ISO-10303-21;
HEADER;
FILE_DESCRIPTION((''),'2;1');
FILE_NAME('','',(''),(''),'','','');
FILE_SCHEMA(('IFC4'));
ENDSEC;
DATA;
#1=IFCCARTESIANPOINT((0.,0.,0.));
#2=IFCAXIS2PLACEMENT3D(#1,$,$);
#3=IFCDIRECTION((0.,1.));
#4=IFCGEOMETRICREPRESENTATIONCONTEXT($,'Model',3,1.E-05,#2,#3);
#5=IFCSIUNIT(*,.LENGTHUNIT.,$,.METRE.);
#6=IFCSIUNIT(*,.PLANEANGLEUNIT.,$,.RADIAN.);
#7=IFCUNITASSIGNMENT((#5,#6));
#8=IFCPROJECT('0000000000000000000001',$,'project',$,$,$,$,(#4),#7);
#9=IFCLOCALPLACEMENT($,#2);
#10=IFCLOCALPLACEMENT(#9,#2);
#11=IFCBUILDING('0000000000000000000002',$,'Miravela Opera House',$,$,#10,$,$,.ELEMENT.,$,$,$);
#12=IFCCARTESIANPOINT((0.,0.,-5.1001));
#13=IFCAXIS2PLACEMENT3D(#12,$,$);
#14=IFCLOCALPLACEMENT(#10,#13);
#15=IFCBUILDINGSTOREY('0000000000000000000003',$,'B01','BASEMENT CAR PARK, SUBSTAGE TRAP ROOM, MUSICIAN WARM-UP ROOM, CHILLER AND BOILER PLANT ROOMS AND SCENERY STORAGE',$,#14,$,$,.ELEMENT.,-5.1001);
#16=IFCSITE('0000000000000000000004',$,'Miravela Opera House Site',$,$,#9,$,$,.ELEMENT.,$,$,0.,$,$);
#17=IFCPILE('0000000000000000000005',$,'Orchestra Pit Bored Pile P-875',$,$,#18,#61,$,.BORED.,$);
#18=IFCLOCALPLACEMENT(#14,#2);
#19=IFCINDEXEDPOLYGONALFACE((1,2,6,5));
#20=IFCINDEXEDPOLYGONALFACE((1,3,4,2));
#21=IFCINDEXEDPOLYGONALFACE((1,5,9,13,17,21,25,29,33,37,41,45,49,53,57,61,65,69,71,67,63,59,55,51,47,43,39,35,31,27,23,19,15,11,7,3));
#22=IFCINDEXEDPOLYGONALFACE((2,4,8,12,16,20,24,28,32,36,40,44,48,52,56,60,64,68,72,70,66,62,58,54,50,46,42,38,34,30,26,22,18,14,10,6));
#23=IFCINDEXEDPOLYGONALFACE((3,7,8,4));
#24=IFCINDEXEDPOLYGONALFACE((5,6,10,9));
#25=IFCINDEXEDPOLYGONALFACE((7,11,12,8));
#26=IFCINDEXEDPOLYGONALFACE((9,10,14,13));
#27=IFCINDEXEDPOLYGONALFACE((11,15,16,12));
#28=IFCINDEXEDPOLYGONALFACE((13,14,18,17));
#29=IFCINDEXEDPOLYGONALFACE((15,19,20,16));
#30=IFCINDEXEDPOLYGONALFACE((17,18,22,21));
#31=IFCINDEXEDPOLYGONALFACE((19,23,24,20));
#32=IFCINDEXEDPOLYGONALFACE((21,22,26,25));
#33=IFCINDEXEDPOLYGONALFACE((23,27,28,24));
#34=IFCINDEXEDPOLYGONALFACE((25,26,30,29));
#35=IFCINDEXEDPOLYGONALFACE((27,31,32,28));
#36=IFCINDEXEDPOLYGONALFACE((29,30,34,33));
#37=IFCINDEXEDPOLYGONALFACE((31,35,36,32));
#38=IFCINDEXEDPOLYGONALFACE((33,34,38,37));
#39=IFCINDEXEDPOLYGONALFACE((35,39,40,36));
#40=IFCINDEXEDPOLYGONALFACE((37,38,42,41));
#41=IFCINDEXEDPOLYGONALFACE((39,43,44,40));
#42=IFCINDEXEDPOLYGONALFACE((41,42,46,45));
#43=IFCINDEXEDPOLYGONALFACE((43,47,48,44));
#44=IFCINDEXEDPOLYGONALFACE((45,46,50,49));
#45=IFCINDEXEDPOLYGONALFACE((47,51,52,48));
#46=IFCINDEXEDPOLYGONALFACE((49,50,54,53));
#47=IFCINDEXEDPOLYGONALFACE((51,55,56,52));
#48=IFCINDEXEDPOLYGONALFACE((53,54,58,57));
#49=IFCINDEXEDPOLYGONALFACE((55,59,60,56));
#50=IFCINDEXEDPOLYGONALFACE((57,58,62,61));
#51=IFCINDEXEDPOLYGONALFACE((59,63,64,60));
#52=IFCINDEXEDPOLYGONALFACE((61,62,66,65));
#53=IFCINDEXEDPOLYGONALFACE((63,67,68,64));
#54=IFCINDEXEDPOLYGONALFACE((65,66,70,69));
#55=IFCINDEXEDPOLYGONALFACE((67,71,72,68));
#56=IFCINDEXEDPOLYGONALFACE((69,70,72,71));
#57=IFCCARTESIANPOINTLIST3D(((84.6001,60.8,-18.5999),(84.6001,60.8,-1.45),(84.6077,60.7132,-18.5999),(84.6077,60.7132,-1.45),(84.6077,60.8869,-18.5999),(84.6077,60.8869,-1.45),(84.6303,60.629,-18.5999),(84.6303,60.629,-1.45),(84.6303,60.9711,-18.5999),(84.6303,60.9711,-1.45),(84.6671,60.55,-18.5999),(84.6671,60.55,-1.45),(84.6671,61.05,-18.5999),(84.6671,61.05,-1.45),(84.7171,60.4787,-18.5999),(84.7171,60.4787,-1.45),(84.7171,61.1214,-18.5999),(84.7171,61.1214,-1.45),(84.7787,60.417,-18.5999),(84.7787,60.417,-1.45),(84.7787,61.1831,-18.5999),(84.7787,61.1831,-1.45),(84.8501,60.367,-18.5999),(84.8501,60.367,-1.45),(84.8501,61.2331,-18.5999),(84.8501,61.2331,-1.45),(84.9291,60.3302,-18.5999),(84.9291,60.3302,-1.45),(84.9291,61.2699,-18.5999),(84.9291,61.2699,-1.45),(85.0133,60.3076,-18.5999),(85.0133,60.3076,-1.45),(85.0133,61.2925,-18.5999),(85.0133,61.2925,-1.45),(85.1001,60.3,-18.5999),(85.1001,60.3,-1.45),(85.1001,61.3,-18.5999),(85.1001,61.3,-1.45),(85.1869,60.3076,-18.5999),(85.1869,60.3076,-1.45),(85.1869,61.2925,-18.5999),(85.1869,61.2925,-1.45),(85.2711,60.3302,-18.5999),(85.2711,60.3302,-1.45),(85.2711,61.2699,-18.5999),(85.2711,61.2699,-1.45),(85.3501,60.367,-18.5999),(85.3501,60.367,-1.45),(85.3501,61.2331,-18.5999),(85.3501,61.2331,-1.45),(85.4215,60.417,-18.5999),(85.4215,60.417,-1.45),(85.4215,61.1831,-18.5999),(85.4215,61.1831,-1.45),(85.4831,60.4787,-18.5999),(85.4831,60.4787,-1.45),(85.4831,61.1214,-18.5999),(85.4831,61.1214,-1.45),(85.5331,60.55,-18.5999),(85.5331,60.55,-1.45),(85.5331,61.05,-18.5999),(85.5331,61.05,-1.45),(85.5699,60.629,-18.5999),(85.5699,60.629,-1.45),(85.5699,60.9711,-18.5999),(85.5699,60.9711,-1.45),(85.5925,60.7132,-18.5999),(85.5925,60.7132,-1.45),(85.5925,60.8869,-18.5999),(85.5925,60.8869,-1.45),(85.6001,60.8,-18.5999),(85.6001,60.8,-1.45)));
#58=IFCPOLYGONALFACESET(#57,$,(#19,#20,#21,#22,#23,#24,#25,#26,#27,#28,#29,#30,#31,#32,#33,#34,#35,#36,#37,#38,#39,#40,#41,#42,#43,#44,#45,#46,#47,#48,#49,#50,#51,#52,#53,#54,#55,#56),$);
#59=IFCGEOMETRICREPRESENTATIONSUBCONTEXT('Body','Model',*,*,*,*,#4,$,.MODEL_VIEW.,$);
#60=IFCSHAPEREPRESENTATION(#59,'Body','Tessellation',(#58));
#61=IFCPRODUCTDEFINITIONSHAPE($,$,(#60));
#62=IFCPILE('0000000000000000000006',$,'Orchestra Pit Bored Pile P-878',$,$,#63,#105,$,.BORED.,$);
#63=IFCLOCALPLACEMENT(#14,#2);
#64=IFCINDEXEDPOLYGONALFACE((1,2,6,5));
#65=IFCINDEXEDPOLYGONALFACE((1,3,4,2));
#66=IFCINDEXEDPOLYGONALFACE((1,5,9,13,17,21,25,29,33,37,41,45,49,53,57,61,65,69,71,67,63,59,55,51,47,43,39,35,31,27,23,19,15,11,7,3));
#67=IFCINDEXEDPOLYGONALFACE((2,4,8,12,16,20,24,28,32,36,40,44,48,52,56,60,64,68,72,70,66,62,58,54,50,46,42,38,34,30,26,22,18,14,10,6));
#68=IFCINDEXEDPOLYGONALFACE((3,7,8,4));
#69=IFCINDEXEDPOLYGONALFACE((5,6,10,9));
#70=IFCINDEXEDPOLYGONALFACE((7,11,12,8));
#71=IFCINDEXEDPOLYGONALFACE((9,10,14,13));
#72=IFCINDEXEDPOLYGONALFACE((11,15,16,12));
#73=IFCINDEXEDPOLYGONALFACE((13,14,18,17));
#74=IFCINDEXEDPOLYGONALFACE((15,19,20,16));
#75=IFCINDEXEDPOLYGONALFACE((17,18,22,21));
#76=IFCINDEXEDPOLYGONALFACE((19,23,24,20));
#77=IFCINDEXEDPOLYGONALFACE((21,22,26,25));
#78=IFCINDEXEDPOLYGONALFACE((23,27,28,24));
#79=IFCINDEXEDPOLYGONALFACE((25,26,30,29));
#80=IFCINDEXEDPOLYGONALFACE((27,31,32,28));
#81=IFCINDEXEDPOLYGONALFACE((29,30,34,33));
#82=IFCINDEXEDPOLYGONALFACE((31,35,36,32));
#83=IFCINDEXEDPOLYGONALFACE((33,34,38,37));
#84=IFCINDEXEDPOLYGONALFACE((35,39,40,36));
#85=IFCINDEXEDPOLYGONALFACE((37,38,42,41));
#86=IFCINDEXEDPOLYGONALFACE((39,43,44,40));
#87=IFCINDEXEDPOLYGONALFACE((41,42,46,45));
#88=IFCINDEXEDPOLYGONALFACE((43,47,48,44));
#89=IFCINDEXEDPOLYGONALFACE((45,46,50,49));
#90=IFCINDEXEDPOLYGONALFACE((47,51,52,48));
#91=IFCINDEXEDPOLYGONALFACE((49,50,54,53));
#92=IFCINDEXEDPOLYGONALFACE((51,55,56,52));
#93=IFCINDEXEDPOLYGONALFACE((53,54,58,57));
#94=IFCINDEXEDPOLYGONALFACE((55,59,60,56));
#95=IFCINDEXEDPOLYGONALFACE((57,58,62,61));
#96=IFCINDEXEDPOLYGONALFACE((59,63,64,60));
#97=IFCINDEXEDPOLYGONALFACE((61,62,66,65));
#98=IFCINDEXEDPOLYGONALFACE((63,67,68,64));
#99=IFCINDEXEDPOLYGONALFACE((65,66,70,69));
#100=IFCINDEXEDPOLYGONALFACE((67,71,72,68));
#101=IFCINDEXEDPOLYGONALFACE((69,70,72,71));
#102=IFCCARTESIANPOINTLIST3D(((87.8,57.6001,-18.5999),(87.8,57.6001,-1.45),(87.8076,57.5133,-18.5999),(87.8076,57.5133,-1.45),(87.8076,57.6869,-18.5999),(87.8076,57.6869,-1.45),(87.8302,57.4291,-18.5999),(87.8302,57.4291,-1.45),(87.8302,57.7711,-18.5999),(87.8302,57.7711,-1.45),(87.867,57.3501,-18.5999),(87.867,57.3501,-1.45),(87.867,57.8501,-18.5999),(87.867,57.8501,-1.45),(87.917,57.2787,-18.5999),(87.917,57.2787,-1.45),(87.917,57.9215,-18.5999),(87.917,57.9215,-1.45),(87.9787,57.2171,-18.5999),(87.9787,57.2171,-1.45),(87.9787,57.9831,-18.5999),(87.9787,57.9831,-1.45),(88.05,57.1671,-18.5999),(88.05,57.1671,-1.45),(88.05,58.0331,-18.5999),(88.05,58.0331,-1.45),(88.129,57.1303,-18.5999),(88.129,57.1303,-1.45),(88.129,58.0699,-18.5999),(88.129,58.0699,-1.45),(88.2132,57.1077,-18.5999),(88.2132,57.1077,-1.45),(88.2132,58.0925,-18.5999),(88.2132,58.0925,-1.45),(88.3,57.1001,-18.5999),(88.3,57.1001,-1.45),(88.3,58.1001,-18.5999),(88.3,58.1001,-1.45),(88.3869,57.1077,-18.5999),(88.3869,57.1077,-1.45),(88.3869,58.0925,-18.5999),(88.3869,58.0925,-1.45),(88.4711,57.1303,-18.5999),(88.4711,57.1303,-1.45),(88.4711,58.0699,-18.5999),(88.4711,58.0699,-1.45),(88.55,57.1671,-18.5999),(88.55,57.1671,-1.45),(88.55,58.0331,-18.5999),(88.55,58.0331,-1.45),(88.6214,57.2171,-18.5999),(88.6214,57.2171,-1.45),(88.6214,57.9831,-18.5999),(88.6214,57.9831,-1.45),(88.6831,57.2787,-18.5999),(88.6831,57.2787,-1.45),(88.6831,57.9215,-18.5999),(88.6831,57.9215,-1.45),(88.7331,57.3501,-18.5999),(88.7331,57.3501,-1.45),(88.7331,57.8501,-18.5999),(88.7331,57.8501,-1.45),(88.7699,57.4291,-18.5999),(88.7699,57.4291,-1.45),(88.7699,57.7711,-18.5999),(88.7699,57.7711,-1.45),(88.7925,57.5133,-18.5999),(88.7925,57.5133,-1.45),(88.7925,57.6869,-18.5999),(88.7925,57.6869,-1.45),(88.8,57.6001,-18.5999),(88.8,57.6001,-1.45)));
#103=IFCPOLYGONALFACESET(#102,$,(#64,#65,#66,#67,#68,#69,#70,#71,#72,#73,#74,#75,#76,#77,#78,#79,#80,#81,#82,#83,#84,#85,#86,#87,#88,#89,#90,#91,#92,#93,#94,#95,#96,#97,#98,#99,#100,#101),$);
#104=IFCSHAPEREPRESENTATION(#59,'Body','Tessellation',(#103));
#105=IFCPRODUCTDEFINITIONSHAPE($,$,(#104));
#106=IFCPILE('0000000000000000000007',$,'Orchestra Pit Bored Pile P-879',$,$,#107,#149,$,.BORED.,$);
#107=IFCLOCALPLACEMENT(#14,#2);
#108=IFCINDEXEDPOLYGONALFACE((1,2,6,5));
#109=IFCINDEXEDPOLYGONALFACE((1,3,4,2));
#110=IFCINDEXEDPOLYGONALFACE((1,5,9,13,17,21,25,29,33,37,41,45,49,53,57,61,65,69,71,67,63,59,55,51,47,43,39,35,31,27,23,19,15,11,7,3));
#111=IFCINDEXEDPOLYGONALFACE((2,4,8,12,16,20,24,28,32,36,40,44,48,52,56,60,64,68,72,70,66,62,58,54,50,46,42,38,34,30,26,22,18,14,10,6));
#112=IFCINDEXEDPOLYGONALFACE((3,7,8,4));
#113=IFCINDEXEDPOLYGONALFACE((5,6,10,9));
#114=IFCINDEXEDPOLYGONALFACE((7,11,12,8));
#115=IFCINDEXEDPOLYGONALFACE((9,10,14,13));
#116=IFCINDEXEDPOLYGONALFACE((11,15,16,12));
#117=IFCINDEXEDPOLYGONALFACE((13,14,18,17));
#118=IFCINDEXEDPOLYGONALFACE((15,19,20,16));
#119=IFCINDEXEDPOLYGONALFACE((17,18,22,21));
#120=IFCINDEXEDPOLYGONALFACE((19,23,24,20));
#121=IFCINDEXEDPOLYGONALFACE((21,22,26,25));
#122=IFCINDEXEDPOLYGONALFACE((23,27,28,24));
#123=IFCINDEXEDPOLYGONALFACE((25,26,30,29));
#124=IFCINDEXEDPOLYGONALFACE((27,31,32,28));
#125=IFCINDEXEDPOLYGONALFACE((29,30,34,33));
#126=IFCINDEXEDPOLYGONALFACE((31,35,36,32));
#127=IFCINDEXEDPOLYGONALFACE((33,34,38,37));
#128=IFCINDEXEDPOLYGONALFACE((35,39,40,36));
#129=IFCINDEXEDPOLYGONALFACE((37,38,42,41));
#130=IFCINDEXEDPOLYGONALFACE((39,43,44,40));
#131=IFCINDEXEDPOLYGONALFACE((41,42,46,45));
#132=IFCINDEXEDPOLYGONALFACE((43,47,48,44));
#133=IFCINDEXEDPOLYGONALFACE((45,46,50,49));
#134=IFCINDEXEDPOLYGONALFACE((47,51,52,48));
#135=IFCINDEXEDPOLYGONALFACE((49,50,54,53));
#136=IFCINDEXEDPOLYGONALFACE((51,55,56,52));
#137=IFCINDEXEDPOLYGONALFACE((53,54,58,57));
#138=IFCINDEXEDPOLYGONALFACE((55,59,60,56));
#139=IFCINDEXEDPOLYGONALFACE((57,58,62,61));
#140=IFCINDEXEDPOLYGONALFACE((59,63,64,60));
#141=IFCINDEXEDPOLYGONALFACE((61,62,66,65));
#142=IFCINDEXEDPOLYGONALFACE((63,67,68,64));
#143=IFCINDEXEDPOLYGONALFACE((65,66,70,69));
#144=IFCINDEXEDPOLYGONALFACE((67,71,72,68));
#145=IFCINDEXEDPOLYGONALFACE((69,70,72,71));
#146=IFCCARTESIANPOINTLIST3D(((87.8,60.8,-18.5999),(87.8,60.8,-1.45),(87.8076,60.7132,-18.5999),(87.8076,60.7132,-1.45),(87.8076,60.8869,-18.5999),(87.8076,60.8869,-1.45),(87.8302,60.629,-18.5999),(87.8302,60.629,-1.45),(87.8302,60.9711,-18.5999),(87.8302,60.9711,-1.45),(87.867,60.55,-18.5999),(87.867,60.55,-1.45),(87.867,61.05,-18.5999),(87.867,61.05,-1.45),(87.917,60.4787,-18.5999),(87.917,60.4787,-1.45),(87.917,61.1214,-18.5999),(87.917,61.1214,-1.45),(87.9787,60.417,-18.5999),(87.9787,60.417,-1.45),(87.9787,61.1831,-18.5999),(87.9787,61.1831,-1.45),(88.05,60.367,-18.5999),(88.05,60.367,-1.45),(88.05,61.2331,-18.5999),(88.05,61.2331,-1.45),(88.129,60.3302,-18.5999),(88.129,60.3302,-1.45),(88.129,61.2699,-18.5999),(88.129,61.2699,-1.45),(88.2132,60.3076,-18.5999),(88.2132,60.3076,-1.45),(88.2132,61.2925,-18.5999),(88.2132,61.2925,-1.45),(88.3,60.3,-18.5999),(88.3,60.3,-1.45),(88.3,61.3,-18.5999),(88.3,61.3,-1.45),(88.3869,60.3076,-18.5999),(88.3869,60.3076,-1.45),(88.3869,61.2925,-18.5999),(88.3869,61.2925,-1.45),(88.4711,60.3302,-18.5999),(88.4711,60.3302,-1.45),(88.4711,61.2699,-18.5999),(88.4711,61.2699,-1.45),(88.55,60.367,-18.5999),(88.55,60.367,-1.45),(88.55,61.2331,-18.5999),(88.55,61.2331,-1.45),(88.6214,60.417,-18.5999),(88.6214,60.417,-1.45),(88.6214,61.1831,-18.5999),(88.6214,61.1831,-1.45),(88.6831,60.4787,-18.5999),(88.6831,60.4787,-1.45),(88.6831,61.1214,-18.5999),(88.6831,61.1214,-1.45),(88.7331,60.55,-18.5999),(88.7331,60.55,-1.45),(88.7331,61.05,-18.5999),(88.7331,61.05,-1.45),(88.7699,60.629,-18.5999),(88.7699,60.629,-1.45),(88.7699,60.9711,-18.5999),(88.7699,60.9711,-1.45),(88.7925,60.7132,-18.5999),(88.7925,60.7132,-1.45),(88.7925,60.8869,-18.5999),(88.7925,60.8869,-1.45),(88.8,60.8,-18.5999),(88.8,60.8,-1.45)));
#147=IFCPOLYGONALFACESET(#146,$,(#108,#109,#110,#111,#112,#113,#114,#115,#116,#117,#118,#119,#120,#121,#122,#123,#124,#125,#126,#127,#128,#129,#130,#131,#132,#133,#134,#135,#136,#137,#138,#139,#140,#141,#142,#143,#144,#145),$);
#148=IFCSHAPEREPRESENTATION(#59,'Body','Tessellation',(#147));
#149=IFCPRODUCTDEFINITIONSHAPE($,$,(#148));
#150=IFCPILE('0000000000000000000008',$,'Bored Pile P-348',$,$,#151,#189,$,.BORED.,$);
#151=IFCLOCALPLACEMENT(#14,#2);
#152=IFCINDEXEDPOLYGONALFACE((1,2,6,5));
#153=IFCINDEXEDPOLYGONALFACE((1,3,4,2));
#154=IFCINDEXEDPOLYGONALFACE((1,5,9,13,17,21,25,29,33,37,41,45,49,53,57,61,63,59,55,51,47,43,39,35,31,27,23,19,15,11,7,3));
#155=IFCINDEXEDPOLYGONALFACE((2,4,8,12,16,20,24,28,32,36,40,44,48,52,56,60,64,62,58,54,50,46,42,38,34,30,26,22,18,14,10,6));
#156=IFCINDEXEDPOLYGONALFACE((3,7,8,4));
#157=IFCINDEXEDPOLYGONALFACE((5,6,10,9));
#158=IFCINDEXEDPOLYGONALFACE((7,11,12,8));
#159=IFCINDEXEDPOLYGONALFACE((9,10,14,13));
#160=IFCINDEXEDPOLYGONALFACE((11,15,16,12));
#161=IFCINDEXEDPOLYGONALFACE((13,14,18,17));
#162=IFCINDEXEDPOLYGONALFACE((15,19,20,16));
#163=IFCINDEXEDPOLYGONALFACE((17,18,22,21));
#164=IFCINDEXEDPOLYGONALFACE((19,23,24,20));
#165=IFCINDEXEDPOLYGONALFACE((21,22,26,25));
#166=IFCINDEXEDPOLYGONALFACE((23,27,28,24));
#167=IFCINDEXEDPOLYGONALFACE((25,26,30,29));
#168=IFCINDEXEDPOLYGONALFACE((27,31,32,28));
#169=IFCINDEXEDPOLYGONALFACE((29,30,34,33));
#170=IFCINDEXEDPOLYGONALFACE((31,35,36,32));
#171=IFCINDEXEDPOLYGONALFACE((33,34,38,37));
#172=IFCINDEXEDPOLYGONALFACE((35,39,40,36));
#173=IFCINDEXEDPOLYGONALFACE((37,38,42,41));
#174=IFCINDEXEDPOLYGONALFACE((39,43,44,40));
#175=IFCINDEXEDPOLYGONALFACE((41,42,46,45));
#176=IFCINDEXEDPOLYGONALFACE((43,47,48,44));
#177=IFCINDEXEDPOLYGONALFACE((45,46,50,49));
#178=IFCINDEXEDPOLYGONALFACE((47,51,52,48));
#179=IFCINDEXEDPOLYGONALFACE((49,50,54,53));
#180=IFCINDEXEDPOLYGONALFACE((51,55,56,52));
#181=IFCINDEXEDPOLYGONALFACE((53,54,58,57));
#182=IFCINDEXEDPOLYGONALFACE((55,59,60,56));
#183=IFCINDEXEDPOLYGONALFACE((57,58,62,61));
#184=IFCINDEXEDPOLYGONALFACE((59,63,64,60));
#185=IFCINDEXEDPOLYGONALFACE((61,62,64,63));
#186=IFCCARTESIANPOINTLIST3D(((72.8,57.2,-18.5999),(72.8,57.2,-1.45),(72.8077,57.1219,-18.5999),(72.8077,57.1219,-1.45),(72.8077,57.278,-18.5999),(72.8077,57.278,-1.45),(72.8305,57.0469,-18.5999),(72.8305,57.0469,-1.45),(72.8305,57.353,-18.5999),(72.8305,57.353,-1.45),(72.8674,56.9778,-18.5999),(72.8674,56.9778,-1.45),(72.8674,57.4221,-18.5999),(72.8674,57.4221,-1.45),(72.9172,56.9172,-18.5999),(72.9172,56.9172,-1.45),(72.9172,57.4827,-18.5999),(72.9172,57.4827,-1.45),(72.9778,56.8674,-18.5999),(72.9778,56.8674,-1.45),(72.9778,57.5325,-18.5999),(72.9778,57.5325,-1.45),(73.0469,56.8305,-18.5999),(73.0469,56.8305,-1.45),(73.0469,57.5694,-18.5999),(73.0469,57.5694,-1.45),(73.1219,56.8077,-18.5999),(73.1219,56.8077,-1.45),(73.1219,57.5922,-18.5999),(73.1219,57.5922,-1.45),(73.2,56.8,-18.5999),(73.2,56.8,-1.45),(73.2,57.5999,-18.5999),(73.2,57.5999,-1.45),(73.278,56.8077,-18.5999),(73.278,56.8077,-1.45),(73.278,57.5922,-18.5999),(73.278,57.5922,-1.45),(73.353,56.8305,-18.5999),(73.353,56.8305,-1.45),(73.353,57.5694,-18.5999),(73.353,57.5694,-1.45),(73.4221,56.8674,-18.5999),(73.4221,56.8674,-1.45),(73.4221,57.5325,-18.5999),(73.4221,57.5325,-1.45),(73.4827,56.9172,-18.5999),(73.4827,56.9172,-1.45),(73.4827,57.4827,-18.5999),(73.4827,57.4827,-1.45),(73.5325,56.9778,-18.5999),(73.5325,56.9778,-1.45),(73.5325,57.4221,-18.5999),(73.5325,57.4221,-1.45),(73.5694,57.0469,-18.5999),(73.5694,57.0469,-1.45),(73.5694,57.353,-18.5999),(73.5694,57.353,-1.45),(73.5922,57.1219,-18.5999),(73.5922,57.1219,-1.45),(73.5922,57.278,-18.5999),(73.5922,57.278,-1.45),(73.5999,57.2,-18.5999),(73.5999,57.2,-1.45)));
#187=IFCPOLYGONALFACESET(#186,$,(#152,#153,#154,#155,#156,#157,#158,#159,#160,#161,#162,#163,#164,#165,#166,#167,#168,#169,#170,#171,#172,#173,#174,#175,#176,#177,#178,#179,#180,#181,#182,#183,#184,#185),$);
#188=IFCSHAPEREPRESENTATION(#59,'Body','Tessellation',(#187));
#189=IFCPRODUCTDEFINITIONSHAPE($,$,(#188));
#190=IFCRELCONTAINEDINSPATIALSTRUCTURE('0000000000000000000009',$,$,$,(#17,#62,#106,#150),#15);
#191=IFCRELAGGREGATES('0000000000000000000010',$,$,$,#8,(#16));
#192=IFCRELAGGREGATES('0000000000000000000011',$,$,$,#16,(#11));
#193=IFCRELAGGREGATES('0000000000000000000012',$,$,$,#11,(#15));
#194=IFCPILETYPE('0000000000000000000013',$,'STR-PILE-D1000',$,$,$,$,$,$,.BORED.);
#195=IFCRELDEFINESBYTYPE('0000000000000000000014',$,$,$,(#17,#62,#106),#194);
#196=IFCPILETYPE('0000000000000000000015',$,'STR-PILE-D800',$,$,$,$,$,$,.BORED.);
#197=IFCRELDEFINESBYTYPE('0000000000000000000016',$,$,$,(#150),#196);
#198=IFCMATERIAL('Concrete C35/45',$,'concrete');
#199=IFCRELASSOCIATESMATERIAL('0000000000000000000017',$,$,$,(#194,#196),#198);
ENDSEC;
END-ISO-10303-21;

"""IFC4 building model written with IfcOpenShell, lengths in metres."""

from ifc_helpers import new_model, si_unit, direction, frame, origin, origin_2d, place, context, subcontext, project, spatial, circle, extrude, material, material_profile, profile_set, type_object, element, save


model = new_model("IFC4")

# Units and contexts
model_context = context("Model", 3, precision=1e-05, world=origin(), true_north=direction((0.0, 1.0)))
body_context = subcontext(model_context, "Body", "Model", "MODEL_VIEW")
ifc_project = project(units=[si_unit("LENGTHUNIT", "METRE"), si_unit("PLANEANGLEUNIT", "RADIAN")], contexts=[model_context])

# Site, building, storey
site_placement = place(None, origin())
site = spatial("IfcSite", under=ifc_project, at=site_placement, Name="Miravela Opera House Site", CompositionType="ELEMENT", RefElevation=0.0)
building_placement = place(site_placement, origin())
building = spatial("IfcBuilding", under=site, at=building_placement, Name="Miravela Opera House", CompositionType="ELEMENT")
storey_placement = place(building_placement, frame((0.0, 0.0, -5.1001)))
storey = spatial("IfcBuildingStorey", under=building, at=storey_placement, Name="B01", Description="BASEMENT CAR PARK, SUBSTAGE TRAP ROOM, MUSICIAN WARM-UP ROOM, CHILLER AND BOILER PLANT ROOMS AND SCENERY STORAGE", CompositionType="ELEMENT", Elevation=-5.1001)

# Shared definitions
ifc_material_1 = material(Name="Concrete C35/45", Category="concrete")

# Piles
ifc_material_profile_1 = material_profile(ifc_material_1, circle(Radius=0.5, at=origin_2d()), Name="PILE-D1000")
ifc_profile_set_1 = profile_set([ifc_material_profile_1])
pile_type_1 = type_object("IfcPileType", Name="STR-PILE-D1000", PredefinedType="BORED", material=ifc_profile_set_1)
for number, where, z_axis, x_axis, name in (
    (1, (85.1001, 60.8, -1.45), (0.0, 0.0, -1.0), (1.0, 0.0, 0.0), "Orchestra Pit Bored Pile P-875"),
    (2, (88.3, 57.6001, -1.45), (0.0, 0.0, -1.0), (1.0, 0.0, 0.0), "Orchestra Pit Bored Pile P-878"),
    (3, (88.3, 60.8, -1.45), (0.0, 0.0, -1.0), (1.0, 0.0, 0.0), "Orchestra Pit Bored Pile P-879"),
):
    element("IfcPile", number, at=place(storey_placement, frame(where, z_axis=z_axis, x_axis=x_axis)), inside=storey, type_object=pile_type_1, Name=name, PredefinedType="BORED", context=body_context, shape_type="SweptSolid", body=[
        extrude(circle(Radius=0.5, at=origin_2d()), origin(), (0.0, 0.0, 1.0), 17.1499),
    ])
ifc_material_profile_2 = material_profile(ifc_material_1, circle(Radius=0.3999, at=origin_2d()), Name="PILE-D800")
ifc_profile_set_2 = profile_set([ifc_material_profile_2])
pile_type_2 = type_object("IfcPileType", Name="STR-PILE-D800", PredefinedType="BORED", material=ifc_profile_set_2)
for number, where, z_axis, x_axis, name in (
    (4, (73.2, 57.2, -1.45), (0.0, 0.0, -1.0), (1.0, 0.0, 0.0), "Bored Pile P-348"),
):
    element("IfcPile", number, at=place(storey_placement, frame(where, z_axis=z_axis, x_axis=x_axis)), inside=storey, type_object=pile_type_2, Name=name, PredefinedType="BORED", context=body_context, shape_type="SweptSolid", body=[
        extrude(circle(Radius=0.3999, at=origin_2d()), origin(), (0.0, 0.0, 1.0), 17.1499),
    ])

save(model, "model.ifc")
